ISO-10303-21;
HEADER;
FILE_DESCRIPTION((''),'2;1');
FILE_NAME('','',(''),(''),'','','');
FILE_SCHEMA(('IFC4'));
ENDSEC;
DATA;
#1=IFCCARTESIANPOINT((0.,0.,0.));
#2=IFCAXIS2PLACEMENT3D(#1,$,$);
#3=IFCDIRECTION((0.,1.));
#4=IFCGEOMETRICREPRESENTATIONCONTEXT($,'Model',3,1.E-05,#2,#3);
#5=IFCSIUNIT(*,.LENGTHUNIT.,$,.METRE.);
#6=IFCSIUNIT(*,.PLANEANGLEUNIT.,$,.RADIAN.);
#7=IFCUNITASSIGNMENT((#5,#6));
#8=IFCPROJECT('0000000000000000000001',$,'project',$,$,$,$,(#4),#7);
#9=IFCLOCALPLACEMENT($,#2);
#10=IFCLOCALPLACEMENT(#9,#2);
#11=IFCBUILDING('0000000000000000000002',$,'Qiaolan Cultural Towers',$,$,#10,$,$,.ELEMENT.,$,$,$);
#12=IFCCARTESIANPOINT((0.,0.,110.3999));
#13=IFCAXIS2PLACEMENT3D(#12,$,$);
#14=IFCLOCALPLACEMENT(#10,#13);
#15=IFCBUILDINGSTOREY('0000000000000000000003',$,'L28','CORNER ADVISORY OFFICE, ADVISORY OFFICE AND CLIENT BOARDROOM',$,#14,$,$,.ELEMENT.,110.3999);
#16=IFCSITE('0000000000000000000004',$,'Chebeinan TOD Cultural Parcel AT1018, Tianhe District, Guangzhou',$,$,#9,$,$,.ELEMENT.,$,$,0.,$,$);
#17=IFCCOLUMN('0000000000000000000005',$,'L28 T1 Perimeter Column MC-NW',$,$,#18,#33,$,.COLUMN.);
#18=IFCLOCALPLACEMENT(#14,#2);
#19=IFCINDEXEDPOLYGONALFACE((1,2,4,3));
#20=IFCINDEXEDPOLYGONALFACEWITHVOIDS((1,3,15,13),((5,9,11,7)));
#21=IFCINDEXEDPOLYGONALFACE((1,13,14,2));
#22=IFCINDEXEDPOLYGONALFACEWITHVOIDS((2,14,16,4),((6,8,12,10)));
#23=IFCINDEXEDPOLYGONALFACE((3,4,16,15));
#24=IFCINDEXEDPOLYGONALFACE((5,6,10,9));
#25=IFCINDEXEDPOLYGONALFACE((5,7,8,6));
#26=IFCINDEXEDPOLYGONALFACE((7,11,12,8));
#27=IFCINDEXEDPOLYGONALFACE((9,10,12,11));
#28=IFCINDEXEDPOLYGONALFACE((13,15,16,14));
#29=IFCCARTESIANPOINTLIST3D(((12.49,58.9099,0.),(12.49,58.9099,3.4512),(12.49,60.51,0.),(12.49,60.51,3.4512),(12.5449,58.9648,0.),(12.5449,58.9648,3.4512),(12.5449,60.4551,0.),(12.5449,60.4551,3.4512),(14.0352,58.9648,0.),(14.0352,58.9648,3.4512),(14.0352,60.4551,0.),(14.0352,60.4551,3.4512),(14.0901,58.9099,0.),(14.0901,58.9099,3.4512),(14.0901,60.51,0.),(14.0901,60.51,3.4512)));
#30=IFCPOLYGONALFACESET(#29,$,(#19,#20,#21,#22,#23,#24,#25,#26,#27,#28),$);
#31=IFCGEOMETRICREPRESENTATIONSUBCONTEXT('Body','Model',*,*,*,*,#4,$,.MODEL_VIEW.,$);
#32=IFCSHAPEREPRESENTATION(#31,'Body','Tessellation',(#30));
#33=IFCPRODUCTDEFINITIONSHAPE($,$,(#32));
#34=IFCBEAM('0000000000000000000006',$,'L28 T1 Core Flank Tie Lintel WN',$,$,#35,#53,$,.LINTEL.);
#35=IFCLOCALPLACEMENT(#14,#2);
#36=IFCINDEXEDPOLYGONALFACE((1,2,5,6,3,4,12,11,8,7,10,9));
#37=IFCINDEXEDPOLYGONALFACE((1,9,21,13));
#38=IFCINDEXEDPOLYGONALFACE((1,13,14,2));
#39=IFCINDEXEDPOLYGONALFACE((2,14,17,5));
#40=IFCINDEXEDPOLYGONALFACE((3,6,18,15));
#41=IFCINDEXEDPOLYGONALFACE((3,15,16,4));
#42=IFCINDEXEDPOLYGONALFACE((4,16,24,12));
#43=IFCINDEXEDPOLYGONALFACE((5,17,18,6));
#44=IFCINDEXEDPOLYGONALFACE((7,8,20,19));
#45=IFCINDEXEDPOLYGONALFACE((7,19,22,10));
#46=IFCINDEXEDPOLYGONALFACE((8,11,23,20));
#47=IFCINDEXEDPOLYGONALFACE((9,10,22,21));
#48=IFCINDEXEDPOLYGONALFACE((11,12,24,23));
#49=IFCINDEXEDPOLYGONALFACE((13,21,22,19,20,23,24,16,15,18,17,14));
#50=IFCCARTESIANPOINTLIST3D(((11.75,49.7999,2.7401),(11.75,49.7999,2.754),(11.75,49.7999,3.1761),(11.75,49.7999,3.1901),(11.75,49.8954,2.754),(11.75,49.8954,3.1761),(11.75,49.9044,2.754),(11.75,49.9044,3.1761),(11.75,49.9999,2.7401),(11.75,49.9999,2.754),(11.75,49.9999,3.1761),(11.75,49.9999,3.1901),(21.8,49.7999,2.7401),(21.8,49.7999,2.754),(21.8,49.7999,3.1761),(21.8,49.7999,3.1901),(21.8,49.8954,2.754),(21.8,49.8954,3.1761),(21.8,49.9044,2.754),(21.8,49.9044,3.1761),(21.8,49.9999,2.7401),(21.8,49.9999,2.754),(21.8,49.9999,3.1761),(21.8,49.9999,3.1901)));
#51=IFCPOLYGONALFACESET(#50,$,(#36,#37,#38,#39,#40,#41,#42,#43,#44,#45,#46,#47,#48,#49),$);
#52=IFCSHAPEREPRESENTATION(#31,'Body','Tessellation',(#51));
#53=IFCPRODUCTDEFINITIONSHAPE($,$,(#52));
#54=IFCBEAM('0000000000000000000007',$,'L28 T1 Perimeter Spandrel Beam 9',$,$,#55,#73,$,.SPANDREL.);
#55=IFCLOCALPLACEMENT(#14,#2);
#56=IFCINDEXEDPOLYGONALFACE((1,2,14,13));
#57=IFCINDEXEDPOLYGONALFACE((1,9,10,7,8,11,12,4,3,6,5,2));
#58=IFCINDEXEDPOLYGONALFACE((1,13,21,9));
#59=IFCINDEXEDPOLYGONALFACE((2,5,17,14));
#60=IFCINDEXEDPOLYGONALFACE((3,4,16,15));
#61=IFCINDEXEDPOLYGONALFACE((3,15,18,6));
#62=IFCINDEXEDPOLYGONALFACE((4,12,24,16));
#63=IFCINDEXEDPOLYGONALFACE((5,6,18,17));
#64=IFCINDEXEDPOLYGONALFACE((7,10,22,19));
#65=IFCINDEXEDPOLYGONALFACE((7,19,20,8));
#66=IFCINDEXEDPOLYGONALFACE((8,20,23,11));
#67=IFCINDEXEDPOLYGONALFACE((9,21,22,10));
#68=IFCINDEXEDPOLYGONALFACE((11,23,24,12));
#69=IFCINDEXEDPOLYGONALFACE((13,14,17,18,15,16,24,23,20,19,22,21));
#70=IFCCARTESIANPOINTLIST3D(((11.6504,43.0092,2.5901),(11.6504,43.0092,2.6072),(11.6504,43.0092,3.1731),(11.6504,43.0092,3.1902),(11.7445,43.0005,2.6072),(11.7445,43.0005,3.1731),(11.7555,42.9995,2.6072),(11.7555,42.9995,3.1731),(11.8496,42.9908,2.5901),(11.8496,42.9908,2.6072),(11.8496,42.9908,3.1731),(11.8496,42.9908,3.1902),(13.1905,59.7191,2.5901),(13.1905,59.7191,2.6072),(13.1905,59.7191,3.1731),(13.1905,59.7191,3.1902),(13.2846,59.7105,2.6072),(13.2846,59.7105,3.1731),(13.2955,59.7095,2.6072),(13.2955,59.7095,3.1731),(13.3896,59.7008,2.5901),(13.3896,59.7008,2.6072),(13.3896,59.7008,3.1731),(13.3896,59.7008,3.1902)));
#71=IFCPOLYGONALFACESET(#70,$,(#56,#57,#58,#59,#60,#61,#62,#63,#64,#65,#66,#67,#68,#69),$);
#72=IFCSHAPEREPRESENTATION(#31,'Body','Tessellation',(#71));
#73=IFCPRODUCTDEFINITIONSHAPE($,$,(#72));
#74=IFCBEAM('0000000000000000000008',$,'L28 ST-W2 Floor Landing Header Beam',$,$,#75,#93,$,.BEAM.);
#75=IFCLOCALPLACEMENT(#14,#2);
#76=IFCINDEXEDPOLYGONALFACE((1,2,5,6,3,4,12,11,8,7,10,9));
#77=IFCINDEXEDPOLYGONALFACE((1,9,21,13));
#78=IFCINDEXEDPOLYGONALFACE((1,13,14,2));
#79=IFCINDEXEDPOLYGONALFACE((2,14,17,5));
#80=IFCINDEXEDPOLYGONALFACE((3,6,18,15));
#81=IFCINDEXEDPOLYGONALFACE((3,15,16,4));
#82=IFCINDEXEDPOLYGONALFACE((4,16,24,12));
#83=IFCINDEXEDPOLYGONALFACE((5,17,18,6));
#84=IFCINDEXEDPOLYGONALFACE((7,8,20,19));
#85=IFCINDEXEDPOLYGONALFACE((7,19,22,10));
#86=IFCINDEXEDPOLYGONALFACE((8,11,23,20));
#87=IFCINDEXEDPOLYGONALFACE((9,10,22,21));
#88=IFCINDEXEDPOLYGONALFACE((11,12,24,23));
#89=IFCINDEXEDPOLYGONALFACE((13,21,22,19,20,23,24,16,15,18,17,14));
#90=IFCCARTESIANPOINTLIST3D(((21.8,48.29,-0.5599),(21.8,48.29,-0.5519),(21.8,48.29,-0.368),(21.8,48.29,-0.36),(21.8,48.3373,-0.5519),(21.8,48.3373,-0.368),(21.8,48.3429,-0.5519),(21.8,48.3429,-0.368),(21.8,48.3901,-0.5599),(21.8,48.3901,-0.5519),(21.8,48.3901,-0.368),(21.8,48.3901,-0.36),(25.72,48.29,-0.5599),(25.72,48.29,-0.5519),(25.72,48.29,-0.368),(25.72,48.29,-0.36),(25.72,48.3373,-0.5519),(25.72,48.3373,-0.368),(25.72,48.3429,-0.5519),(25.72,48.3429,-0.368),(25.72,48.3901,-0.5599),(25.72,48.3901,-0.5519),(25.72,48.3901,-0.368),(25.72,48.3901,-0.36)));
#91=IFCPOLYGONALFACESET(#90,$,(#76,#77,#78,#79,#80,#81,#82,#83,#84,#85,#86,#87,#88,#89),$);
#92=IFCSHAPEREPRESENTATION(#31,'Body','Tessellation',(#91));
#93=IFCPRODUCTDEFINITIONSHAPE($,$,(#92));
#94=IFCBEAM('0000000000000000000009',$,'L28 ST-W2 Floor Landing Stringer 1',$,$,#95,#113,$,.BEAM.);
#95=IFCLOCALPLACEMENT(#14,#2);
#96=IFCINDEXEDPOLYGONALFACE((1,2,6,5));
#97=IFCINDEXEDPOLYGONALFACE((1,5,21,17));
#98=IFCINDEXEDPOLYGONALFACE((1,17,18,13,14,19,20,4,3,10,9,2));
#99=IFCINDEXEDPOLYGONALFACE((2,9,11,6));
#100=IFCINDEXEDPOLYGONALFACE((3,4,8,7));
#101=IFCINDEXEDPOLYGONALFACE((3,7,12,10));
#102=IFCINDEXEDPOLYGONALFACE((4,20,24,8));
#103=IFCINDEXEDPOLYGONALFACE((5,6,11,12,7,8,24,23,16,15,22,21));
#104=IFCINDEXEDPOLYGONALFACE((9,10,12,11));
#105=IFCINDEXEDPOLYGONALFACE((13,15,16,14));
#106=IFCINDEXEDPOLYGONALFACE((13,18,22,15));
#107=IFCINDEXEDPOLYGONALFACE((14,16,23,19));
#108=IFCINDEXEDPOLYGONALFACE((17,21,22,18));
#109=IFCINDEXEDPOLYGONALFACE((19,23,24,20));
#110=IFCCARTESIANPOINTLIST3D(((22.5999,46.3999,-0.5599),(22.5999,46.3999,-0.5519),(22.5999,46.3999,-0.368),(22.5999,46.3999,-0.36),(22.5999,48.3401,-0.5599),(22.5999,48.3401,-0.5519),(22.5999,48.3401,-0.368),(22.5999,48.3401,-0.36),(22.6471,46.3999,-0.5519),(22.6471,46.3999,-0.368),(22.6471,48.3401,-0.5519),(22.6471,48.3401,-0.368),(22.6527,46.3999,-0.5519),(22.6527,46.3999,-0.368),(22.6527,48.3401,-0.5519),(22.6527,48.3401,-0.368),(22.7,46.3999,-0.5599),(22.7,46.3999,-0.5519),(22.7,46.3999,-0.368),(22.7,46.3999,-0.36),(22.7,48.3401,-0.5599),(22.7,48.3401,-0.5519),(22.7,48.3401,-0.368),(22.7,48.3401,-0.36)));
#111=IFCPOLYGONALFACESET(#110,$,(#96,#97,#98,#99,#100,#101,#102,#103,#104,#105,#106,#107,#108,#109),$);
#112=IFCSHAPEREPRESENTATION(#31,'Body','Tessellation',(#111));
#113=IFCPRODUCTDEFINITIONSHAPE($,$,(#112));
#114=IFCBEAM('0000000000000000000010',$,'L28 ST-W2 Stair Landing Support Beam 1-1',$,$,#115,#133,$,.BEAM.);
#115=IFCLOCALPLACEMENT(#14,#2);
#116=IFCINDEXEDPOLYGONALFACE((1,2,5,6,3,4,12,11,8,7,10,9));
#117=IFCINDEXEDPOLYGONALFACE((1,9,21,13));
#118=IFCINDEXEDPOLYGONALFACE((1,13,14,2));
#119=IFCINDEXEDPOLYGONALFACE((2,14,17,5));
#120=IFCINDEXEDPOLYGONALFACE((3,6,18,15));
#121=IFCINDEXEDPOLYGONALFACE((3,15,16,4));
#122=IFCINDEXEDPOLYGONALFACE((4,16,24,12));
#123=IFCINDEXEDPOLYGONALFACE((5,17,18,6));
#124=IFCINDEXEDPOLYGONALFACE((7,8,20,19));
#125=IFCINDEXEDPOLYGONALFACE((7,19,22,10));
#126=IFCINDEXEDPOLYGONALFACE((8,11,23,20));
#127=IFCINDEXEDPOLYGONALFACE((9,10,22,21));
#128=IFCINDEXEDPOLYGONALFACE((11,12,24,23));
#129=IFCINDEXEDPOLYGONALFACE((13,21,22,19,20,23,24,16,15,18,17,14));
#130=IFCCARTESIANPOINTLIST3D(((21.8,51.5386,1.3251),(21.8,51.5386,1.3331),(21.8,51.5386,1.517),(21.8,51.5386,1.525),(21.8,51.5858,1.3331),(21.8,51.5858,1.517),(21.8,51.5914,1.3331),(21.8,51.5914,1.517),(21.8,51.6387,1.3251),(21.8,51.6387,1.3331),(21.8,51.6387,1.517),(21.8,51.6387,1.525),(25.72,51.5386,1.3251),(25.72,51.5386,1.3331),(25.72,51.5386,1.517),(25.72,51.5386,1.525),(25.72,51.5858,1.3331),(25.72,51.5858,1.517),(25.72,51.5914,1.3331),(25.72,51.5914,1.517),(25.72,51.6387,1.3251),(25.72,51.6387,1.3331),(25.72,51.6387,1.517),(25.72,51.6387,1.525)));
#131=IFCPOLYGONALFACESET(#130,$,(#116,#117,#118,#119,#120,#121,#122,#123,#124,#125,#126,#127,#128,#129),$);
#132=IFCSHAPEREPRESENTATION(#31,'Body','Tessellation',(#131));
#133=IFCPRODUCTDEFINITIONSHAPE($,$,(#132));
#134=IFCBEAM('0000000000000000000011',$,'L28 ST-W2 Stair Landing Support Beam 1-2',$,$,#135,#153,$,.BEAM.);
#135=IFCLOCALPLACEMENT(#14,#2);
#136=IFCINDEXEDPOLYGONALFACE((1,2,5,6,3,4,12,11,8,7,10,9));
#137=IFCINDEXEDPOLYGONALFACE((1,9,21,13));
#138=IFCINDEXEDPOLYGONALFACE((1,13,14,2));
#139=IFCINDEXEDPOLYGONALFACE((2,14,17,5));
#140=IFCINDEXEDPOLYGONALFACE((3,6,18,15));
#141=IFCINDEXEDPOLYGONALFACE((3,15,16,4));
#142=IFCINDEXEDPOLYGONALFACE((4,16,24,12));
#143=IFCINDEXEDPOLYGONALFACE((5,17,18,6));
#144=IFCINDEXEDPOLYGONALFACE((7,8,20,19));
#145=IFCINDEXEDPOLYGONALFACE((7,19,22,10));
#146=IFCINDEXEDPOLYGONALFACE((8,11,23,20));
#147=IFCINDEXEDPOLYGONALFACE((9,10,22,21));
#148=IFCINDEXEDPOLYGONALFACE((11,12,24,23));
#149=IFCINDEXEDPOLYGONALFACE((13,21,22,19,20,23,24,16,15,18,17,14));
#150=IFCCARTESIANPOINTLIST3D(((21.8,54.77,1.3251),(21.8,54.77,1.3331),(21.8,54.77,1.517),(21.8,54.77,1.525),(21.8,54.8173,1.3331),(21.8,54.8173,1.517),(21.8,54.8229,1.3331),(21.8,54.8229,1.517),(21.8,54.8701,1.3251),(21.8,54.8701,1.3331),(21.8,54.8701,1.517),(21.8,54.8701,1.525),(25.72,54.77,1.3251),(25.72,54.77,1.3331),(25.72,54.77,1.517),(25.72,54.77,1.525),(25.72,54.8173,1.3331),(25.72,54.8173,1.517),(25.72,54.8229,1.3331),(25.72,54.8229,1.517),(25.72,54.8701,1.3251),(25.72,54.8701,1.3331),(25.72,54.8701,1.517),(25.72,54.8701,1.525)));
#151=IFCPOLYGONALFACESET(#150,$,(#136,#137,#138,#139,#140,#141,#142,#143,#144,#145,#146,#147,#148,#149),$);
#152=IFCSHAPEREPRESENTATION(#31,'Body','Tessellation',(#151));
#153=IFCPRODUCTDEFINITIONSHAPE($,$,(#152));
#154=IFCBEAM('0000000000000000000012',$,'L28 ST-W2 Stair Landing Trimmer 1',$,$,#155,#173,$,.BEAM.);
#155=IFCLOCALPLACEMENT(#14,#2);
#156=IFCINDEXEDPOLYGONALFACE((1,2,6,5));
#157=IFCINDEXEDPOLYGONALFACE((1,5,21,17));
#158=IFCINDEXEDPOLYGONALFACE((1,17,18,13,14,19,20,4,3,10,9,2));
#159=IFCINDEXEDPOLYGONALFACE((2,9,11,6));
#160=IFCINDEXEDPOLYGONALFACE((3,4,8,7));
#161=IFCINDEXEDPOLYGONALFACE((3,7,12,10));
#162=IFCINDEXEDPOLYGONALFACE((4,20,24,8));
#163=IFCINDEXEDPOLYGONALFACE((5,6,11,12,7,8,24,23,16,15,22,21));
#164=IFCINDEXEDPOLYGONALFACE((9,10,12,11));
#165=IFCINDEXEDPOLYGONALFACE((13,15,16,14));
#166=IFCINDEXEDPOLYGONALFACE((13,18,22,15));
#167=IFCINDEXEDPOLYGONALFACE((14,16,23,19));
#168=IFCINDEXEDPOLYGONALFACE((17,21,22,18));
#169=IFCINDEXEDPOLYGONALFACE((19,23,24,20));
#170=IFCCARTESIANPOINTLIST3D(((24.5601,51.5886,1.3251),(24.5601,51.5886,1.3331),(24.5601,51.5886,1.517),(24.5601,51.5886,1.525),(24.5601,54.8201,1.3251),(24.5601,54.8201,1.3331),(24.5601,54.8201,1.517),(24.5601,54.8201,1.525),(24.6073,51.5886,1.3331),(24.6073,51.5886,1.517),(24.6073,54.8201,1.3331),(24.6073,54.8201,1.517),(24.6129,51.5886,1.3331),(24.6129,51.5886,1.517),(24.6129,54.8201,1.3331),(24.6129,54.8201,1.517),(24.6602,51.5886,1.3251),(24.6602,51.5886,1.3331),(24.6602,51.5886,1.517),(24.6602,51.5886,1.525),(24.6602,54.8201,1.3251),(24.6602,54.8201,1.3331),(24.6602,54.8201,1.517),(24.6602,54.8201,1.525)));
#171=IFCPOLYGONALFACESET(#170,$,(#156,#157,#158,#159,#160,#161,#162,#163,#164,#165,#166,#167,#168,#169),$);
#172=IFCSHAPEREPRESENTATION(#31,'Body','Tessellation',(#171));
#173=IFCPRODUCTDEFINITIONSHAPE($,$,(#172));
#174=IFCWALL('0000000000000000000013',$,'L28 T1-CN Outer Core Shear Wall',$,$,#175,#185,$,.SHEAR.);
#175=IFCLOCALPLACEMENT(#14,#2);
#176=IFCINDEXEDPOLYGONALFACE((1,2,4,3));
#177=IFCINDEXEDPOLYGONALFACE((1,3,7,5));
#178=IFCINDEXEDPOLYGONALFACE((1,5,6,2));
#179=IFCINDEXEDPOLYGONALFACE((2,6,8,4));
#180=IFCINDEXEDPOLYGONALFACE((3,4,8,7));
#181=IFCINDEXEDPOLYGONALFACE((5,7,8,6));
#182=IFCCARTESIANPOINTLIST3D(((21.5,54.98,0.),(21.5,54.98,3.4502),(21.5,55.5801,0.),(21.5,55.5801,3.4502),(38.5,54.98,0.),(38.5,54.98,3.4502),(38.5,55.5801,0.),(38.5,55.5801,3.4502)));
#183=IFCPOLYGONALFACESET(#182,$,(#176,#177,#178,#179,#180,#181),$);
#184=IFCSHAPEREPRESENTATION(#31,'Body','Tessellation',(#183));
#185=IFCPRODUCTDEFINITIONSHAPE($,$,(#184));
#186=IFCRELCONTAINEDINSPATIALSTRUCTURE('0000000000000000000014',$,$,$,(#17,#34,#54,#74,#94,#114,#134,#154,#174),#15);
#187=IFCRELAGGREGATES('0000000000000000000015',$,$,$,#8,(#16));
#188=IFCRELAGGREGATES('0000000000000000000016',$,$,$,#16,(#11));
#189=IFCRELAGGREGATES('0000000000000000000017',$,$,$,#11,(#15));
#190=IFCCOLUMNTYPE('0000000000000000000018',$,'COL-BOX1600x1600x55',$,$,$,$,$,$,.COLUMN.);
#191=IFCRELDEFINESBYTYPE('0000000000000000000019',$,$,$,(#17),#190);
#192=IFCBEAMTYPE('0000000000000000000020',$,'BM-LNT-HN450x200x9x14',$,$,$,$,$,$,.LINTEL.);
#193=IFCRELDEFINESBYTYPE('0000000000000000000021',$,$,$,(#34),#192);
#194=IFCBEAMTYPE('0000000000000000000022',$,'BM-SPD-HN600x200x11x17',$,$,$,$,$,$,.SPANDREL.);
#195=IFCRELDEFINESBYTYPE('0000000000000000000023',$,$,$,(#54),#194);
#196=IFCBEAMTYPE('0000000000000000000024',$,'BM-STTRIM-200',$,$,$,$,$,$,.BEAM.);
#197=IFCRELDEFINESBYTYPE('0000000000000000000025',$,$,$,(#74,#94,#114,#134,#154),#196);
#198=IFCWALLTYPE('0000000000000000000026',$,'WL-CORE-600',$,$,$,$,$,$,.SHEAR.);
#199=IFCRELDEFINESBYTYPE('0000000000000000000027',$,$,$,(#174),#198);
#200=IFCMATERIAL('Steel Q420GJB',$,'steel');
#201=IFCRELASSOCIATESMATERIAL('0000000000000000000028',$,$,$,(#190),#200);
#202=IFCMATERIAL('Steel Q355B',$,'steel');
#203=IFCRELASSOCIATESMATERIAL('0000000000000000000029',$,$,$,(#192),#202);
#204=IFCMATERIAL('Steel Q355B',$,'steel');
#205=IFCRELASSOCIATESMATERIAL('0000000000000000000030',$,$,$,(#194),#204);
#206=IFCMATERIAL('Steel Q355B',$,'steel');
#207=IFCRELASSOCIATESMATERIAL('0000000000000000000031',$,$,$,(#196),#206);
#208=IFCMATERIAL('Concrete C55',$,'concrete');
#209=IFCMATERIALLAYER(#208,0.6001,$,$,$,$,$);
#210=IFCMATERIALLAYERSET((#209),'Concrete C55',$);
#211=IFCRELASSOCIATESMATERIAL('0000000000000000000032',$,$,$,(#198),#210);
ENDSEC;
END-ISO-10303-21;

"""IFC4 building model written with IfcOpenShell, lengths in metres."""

from ifc_helpers import new_model, si_unit, direction, frame, frame_2d, origin, origin_2d, place, context, subcontext, project, spatial, rectangle, hollow_rectangle, i_section, extrude, material, layer, layer_set, material_profile, profile_set, type_object, element, save


model = new_model("IFC4")

# Units and contexts
model_context = context("Model", 3, precision=1e-05, world=origin(), true_north=direction((0.0, 1.0)))
body_context = subcontext(model_context, "Body", "Model", "MODEL_VIEW")
ifc_project = project(units=[si_unit("LENGTHUNIT", "METRE"), si_unit("PLANEANGLEUNIT", "RADIAN")], contexts=[model_context])

# Site, building, storey
site_placement = place(None, origin())
site = spatial("IfcSite", under=ifc_project, at=site_placement, Name="Chebeinan TOD Cultural Parcel AT1018, Tianhe District, Guangzhou", CompositionType="ELEMENT", RefElevation=0.0)
building_placement = place(site_placement, origin())
building = spatial("IfcBuilding", under=site, at=building_placement, Name="Qiaolan Cultural Towers", CompositionType="ELEMENT")
storey_placement = place(building_placement, frame((0.0, 0.0, 110.3999)))
storey = spatial("IfcBuildingStorey", under=building, at=storey_placement, Name="L28", Description="CORNER ADVISORY OFFICE, ADVISORY OFFICE AND CLIENT BOARDROOM", CompositionType="ELEMENT", Elevation=110.3999)

# Column
ifc_material_1 = material(Name="Steel Q420GJB", Category="steel")
ifc_material_profile_1 = material_profile(ifc_material_1, hollow_rectangle(XDim=1.6001, YDim=1.6001, WallThickness=0.0549, at=origin_2d()), Name="BOX1600x1600x55")
ifc_profile_set_1 = profile_set([ifc_material_profile_1], Name="Steel Q420GJB")
column_type = type_object("IfcColumnType", Name="COL-BOX1600x1600x55", PredefinedType="COLUMN", material=ifc_profile_set_1)
column_placement = place(storey_placement, frame((13.29, 59.71, 0.0), z_axis=(0.0, 0.0, 1.0), x_axis=(1.0, 0.0, 0.0)))
element("IfcColumn", 1, at=column_placement, inside=storey, type_object=column_type, Name="L28 T1 Perimeter Column MC-NW", PredefinedType="COLUMN", context=body_context, shape_type="SweptSolid", body=[
    extrude(hollow_rectangle(XDim=1.6001, YDim=1.6001, WallThickness=0.0549, at=origin_2d()), origin(), (0.0, 0.0, 1.0), 3.4512),
])

# Beams
ifc_material_2 = material(Name="Steel Q355B", Category="steel")
ifc_material_profile_2 = material_profile(ifc_material_2, i_section(OverallWidth=0.2, OverallDepth=0.45, WebThickness=0.009, FlangeThickness=0.0139, at=origin_2d()), Name="HN450x200x9x14")
ifc_profile_set_2 = profile_set([ifc_material_profile_2], Name="Steel Q355B")
beam_type_1 = type_object("IfcBeamType", Name="BM-LNT-HN450x200x9x14", PredefinedType="LINTEL", material=ifc_profile_set_2)
beam_1_placement = place(storey_placement, frame((21.8, 49.8999, 2.9651), z_axis=(-1.0, 0.0, 0.0), x_axis=(0.0, -1.0, 0.0)))
element("IfcBeam", 2, at=beam_1_placement, inside=storey, type_object=beam_type_1, Name="L28 T1 Core Flank Tie Lintel WN", PredefinedType="LINTEL", context=body_context, shape_type="SweptSolid", body=[
    extrude(i_section(OverallWidth=0.2, OverallDepth=0.45, WebThickness=0.009, FlangeThickness=0.0139, at=origin_2d()), origin(), (0.0, 0.0, 1.0), 10.05),
])
ifc_material_3 = material(Name="Steel Q355B", Category="steel")
ifc_material_profile_3 = material_profile(ifc_material_3, i_section(OverallWidth=0.2, OverallDepth=0.6001, WebThickness=0.011, FlangeThickness=0.0171, at=origin_2d()), Name="HN600x200x11x17")
ifc_profile_set_3 = profile_set([ifc_material_profile_3], Name="Steel Q355B")
beam_type_2 = type_object("IfcBeamType", Name="BM-SPD-HN600x200x11x17", PredefinedType="SPANDREL", material=ifc_profile_set_3)
beam_2_placement = place(storey_placement, frame((13.29, 59.71, 2.8901), z_axis=(-0.091774, -0.99578, 0.0), x_axis=(0.99578, -0.091774, 0.0)))
element("IfcBeam", 3, at=beam_2_placement, inside=storey, type_object=beam_type_2, Name="L28 T1 Perimeter Spandrel Beam 9", PredefinedType="SPANDREL", context=body_context, shape_type="SweptSolid", body=[
    extrude(i_section(OverallWidth=0.2, OverallDepth=0.6001, WebThickness=0.011, FlangeThickness=0.0171, at=origin_2d()), origin(), (0.0, 0.0, 1.0), 16.7808),
])
ifc_material_4 = material(Name="Steel Q355B", Category="steel")
ifc_material_profile_4 = material_profile(ifc_material_4, i_section(OverallWidth=0.1001, OverallDepth=0.2, WebThickness=0.0056, FlangeThickness=0.0081, at=origin_2d()), Name="HN200x100x5.5x8")
ifc_profile_set_4 = profile_set([ifc_material_profile_4], Name="Steel Q355B")
beam_type_3 = type_object("IfcBeamType", Name="BM-STTRIM-200", PredefinedType="BEAM", material=ifc_profile_set_4)
beam_3_placement = place(storey_placement, frame((21.8, 48.3401, -0.46), z_axis=(1.0, 0.0, 0.0), x_axis=(0.0, 1.0, 0.0)))
element("IfcBeam", 4, at=beam_3_placement, inside=storey, type_object=beam_type_3, Name="L28 ST-W2 Floor Landing Header Beam", PredefinedType="BEAM", context=body_context, shape_type="SweptSolid", body=[
    extrude(i_section(OverallWidth=0.1001, OverallDepth=0.2, WebThickness=0.0056, FlangeThickness=0.0081, at=origin_2d()), origin(), (0.0, 0.0, 1.0), 3.9199),
])
beam_4_placement = place(storey_placement, frame((22.6499, 46.3999, -0.46), z_axis=(0.0, 1.0, 0.0), x_axis=(-1.0, 0.0, 0.0)))
element("IfcBeam", 5, at=beam_4_placement, inside=storey, type_object=beam_type_3, Name="L28 ST-W2 Floor Landing Stringer 1", PredefinedType="BEAM", context=body_context, shape_type="SweptSolid", body=[
    extrude(i_section(OverallWidth=0.1001, OverallDepth=0.2, WebThickness=0.0056, FlangeThickness=0.0081, at=origin_2d()), origin(), (0.0, 0.0, 1.0), 1.9402),
])
for number, where, z_axis, x_axis, name in (
    (6, (21.8, 51.5886, 1.425), (1.0, 0.0, 0.0), (0.0, 1.0, 0.0), "L28 ST-W2 Stair Landing Support Beam 1-1"),
    (7, (21.8, 54.8201, 1.425), (1.0, 0.0, 0.0), (0.0, 1.0, 0.0), "L28 ST-W2 Stair Landing Support Beam 1-2"),
):
    element("IfcBeam", number, at=place(storey_placement, frame(where, z_axis=z_axis, x_axis=x_axis)), inside=storey, type_object=beam_type_3, Name=name, PredefinedType="BEAM", context=body_context, shape_type="SweptSolid", body=[
        extrude(i_section(OverallWidth=0.1001, OverallDepth=0.2, WebThickness=0.0056, FlangeThickness=0.0081, at=origin_2d()), origin(), (0.0, 0.0, 1.0), 3.9199),
    ])
beam_5_placement = place(storey_placement, frame((24.6101, 51.5886, 1.425), z_axis=(0.0, 1.0, 0.0), x_axis=(-1.0, 0.0, 0.0)))
element("IfcBeam", 8, at=beam_5_placement, inside=storey, type_object=beam_type_3, Name="L28 ST-W2 Stair Landing Trimmer 1", PredefinedType="BEAM", context=body_context, shape_type="SweptSolid", body=[
    extrude(i_section(OverallWidth=0.1001, OverallDepth=0.2, WebThickness=0.0056, FlangeThickness=0.0081, at=origin_2d()), origin(), (0.0, 0.0, 1.0), 3.2314),
])

# Wall
ifc_material_5 = material(Name="Concrete C55", Category="concrete")
ifc_layer_1 = layer(ifc_material_5, 0.6001)
ifc_layer_set_1 = layer_set([ifc_layer_1], Name="Concrete C55")
wall_type_1 = type_object("IfcWallType", Name="WL-CORE-600", PredefinedType="SHEAR", material=ifc_layer_set_1)
wall_1_placement = place(storey_placement, frame((21.5, 55.28, 0.0), z_axis=(0.0, 0.0, 1.0), x_axis=(1.0, 0.0, 0.0)))
element("IfcWall", 9, at=wall_1_placement, inside=storey, type_object=wall_type_1, Name="L28 T1-CN Outer Core Shear Wall", PredefinedType="SHEAR", context=body_context, shape_type="SweptSolid", body=[
    extrude(rectangle(XDim=17.0, YDim=0.6001, at=frame_2d((8.5, 0.0))), origin(), (0.0, 0.0, 1.0), 3.4502),
])

save(model, "model.ifc")
